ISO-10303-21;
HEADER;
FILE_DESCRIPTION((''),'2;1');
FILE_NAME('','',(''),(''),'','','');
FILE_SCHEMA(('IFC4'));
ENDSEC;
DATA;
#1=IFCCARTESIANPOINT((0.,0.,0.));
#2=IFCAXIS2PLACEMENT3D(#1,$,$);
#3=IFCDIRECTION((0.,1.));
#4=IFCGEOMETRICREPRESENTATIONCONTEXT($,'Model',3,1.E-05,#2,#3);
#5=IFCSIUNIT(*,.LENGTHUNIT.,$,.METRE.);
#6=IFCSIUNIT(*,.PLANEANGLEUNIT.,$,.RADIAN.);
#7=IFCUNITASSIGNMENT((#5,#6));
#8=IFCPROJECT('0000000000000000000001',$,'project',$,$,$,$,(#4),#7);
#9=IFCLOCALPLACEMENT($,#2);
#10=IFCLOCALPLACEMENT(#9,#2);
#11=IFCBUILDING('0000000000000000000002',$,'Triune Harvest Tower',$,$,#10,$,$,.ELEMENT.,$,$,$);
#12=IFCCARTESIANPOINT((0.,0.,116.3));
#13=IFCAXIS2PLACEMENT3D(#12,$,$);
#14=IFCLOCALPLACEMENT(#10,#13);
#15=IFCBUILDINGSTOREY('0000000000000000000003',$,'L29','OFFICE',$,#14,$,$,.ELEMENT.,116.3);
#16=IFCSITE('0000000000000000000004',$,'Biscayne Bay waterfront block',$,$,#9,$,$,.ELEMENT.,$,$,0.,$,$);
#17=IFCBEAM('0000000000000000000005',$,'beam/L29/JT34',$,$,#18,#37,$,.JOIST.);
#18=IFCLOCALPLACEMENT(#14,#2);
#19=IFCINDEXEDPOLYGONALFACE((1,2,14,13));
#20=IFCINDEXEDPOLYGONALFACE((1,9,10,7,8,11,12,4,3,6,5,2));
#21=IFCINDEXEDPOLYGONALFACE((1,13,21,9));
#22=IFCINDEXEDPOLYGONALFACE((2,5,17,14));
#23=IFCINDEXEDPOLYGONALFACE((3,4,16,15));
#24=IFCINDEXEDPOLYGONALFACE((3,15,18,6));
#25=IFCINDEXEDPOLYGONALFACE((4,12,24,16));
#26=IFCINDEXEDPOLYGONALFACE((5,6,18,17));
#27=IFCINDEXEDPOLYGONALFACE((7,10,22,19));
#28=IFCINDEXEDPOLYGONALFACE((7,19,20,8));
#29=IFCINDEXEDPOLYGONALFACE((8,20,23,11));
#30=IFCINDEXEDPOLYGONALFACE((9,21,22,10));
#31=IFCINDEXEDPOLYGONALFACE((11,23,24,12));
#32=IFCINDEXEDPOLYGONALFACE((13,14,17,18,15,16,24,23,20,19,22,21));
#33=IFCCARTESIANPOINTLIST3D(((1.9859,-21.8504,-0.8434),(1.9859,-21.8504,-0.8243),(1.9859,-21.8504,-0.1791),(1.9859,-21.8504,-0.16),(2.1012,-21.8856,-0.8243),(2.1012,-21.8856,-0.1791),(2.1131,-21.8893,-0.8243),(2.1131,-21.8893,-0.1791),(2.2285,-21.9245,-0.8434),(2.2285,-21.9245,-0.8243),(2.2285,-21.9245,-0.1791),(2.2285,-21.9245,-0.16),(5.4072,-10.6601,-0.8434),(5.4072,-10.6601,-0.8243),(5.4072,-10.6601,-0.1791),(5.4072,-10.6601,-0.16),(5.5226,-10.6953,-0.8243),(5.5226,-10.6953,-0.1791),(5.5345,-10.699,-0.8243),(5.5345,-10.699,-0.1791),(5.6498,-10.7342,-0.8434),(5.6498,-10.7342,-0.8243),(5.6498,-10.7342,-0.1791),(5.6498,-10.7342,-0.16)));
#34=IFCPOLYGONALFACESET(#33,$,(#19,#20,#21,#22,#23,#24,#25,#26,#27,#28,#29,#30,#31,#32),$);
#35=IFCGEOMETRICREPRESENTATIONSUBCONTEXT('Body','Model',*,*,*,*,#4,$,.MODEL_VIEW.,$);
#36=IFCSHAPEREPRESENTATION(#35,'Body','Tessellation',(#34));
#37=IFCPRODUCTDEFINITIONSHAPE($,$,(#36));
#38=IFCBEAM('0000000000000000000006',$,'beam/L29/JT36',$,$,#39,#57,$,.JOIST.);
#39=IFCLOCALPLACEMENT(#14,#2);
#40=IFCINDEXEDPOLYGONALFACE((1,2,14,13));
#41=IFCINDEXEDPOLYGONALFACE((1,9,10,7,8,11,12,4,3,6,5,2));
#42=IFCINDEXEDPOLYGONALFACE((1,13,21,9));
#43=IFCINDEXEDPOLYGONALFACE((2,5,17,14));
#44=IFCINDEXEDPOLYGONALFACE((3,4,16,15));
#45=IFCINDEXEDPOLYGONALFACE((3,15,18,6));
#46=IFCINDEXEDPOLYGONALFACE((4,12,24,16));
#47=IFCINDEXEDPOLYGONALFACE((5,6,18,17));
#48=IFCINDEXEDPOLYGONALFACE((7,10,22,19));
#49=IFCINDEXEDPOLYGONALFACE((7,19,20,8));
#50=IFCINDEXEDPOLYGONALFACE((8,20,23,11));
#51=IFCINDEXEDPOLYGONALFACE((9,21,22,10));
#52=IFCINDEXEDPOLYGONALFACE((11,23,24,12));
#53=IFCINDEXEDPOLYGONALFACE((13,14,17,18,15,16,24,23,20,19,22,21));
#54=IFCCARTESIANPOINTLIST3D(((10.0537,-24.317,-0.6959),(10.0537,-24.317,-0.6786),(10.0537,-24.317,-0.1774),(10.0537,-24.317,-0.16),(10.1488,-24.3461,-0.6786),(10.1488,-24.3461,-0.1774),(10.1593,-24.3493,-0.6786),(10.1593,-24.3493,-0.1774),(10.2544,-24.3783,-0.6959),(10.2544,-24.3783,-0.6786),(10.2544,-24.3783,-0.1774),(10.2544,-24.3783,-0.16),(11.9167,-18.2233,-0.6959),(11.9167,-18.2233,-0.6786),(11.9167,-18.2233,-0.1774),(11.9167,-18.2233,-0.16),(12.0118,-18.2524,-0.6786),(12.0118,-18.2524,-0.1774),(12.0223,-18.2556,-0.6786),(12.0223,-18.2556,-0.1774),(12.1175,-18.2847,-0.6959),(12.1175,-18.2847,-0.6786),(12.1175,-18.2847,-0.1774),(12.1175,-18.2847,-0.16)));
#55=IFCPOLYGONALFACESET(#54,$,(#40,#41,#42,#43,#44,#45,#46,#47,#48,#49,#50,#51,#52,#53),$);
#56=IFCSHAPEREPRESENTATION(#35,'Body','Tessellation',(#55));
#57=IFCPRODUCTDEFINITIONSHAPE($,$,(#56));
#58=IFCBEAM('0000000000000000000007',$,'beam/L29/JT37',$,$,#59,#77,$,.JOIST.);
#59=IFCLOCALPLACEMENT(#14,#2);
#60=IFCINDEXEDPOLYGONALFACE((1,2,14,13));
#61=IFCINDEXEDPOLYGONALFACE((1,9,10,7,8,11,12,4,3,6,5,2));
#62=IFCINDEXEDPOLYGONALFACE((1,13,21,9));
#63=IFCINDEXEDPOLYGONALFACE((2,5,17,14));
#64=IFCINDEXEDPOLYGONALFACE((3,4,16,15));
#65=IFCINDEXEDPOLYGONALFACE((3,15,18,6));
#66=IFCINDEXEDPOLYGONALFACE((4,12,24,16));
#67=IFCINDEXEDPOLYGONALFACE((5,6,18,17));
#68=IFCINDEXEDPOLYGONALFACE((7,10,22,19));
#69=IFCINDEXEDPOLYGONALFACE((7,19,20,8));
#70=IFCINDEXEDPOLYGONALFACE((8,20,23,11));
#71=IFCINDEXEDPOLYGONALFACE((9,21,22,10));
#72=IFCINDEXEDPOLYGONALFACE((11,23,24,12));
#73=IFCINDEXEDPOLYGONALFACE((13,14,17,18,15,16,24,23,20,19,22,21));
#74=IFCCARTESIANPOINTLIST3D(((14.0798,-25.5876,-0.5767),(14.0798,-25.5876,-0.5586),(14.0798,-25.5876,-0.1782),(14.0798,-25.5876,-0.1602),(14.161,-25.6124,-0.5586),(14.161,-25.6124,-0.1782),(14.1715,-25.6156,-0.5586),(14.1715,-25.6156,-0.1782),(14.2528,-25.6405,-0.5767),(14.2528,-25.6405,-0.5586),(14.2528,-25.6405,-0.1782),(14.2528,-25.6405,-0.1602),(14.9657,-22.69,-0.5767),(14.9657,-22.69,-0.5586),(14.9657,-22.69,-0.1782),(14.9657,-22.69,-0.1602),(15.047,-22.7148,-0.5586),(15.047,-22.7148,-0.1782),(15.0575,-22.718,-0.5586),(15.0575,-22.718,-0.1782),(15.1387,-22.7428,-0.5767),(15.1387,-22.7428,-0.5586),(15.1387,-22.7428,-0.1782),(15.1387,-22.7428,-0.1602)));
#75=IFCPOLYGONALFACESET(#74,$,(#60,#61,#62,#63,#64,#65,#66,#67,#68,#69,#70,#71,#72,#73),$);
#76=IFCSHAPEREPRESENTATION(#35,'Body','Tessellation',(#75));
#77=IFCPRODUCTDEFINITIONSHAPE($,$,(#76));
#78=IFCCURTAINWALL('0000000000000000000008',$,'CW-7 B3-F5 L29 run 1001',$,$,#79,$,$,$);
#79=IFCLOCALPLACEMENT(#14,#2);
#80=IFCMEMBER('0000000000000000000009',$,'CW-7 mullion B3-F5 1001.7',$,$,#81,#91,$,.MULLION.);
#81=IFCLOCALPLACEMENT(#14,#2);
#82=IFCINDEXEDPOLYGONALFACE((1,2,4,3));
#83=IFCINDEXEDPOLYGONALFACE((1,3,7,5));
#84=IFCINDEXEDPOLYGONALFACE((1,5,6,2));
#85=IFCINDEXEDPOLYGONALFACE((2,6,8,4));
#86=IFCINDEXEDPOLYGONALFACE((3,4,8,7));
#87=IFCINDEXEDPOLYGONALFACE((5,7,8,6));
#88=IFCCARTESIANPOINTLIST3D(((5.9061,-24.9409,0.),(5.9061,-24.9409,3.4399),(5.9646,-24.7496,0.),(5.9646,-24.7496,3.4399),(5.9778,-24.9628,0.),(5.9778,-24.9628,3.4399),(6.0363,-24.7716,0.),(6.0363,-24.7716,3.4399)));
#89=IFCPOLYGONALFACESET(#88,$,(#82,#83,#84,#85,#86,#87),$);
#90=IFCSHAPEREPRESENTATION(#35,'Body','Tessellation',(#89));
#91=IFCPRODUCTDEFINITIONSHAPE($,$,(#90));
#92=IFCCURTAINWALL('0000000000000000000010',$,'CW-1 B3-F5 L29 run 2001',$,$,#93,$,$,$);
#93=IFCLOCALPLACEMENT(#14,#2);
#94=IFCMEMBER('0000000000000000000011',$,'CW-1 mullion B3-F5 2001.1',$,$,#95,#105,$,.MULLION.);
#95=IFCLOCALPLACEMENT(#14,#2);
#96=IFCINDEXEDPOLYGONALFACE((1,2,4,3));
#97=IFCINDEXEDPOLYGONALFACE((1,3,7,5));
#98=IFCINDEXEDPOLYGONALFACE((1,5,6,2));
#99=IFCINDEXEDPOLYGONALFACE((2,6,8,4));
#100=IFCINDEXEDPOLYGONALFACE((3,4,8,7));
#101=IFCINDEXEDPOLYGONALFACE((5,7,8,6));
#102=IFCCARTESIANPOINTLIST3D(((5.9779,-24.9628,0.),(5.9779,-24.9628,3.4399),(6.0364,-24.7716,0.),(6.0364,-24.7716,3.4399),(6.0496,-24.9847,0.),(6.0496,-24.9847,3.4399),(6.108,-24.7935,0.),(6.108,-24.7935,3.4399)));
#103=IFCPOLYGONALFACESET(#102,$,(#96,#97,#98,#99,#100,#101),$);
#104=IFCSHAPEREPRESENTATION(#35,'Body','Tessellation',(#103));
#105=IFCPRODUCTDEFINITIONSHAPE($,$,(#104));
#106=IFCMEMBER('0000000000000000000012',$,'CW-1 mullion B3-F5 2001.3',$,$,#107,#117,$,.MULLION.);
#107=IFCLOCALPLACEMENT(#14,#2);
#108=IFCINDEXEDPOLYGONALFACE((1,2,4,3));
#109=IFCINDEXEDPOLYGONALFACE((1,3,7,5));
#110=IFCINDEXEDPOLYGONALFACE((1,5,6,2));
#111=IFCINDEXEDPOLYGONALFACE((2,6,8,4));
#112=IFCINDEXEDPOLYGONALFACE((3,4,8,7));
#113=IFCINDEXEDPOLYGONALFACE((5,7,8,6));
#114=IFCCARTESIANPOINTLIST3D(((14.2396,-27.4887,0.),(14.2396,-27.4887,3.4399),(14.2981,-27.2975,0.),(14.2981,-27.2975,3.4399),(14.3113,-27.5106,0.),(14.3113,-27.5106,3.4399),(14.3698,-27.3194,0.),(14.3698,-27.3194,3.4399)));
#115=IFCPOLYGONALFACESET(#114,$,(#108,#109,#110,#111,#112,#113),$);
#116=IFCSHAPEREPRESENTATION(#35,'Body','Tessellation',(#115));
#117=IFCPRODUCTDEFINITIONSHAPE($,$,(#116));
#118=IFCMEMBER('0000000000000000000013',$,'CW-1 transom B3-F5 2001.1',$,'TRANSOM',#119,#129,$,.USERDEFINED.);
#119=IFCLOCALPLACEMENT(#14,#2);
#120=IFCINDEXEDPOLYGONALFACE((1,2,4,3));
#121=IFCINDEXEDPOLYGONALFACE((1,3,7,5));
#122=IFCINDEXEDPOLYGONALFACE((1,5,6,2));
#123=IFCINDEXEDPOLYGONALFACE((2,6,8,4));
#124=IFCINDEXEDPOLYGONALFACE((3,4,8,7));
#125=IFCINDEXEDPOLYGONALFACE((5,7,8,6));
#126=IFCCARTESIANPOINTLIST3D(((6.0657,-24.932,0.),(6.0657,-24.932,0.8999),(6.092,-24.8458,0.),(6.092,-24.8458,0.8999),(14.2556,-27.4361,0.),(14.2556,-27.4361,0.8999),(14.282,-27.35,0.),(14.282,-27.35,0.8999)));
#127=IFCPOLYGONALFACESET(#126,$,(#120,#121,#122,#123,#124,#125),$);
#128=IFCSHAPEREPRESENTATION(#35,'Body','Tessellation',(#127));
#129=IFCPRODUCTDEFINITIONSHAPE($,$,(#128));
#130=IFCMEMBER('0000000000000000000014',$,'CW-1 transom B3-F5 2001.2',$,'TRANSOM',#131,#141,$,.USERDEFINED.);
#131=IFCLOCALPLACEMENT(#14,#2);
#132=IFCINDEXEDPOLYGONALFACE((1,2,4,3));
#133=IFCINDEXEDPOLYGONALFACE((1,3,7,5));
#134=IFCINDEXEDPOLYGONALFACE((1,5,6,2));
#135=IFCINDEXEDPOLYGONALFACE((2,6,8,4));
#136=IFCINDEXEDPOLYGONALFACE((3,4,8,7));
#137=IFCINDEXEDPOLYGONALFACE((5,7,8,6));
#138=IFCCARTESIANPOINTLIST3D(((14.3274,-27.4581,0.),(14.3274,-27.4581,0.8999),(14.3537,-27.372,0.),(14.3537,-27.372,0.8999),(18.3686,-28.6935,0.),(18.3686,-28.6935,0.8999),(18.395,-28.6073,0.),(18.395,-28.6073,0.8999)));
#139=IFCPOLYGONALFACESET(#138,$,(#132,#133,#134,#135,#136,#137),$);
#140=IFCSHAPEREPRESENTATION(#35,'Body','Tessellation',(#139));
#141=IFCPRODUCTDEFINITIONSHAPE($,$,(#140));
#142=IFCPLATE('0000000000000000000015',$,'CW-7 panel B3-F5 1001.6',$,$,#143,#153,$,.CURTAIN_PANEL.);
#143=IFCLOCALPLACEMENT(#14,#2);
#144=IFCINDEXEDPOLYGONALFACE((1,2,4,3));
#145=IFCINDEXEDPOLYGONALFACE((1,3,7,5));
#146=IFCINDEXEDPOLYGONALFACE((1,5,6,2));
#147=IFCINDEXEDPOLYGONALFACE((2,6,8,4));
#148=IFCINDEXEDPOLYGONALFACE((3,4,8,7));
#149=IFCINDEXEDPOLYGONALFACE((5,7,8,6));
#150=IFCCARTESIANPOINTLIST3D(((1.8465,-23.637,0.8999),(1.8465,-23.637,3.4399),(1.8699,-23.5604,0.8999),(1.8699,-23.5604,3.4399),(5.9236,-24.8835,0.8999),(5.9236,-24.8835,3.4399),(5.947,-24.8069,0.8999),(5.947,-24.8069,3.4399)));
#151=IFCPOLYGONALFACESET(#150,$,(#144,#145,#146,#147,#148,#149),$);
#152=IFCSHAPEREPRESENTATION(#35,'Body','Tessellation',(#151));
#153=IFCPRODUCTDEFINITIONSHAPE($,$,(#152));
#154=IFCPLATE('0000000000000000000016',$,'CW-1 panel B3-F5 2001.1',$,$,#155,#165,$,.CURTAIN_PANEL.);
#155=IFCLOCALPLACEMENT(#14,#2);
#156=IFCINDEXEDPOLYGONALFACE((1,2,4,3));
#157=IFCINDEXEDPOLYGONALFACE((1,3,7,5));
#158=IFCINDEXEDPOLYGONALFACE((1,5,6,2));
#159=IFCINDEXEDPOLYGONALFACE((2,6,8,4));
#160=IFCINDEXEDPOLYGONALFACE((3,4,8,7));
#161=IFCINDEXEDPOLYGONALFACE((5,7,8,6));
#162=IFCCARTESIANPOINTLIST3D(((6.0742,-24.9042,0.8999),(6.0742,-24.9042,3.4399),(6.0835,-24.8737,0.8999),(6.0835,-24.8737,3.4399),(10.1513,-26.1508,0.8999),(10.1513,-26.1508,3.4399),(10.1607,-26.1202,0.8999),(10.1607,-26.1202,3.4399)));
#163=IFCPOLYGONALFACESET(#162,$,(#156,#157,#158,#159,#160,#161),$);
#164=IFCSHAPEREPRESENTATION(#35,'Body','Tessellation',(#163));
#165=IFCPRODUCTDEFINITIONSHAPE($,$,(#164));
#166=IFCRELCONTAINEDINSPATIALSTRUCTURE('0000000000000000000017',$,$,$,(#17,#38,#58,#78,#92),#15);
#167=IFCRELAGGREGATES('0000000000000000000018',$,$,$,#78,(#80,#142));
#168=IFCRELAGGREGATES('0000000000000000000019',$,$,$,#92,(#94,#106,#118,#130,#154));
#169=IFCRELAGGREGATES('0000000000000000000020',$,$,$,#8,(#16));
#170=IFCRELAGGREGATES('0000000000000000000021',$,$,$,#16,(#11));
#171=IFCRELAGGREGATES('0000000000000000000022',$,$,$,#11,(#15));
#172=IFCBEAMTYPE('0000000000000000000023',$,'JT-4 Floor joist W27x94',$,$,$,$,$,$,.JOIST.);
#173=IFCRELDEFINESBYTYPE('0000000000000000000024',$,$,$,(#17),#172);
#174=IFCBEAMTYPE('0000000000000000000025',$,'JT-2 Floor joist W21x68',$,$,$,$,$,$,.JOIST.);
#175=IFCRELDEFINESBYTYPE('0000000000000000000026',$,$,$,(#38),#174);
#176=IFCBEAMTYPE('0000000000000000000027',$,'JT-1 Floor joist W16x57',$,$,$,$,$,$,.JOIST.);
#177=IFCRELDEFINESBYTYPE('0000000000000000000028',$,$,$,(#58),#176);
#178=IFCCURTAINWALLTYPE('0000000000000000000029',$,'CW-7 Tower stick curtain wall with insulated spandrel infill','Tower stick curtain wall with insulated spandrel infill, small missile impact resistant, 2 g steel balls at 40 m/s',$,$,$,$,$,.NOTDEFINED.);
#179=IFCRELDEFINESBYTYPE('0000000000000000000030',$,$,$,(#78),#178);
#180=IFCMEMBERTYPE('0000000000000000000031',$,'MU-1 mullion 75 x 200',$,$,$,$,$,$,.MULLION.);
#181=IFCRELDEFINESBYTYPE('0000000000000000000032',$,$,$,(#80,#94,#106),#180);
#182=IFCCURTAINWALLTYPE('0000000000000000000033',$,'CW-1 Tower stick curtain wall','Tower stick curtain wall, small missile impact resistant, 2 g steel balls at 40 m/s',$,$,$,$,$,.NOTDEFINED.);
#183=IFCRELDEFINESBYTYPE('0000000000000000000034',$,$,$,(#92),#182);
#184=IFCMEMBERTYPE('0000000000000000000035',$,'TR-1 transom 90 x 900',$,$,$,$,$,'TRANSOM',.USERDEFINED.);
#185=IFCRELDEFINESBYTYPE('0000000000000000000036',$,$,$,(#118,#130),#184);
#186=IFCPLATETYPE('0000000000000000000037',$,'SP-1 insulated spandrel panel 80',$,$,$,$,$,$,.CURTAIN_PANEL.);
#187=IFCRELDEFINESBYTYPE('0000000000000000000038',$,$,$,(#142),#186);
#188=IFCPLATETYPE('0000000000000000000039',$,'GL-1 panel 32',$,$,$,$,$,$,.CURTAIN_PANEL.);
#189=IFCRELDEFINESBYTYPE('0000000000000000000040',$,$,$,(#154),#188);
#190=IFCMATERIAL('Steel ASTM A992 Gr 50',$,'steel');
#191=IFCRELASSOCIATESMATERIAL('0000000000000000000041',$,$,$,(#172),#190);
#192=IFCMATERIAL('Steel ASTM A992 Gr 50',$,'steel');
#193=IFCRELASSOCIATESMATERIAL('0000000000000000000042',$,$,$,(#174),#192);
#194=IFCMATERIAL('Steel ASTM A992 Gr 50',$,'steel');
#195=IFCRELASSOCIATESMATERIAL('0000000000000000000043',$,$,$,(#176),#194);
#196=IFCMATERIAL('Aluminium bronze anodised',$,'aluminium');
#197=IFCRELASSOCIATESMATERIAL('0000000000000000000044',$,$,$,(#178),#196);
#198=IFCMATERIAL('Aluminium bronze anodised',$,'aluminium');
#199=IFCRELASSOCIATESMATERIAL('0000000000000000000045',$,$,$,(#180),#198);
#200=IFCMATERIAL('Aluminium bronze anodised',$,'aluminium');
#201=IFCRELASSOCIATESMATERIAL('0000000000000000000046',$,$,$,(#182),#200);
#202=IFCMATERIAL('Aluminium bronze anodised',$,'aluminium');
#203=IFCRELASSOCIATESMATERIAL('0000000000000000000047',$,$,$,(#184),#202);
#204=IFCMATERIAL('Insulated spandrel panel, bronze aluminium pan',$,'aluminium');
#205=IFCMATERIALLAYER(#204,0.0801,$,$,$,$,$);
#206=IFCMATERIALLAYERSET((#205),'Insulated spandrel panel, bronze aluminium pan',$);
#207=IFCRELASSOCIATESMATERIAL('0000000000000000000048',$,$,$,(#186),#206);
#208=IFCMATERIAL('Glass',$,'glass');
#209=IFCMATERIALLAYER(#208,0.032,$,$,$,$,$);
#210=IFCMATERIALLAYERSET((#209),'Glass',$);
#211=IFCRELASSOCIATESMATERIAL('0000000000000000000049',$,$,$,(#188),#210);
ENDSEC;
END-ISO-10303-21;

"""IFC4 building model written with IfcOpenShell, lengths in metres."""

from ifc_helpers import new_model, si_unit, direction, frame, origin, origin_2d, place, context, subcontext, project, spatial, rectangle, i_section, extrude, source, transform, mapped, material, layer, layer_set, material_profile, profile_set, type_object, element, aggregate, save


model = new_model("IFC4")

# Units and contexts
model_context = context("Model", 3, precision=1e-05, world=origin(), true_north=direction((0.0, 1.0)))
body_context = subcontext(model_context, "Body", "Model", "MODEL_VIEW")
ifc_project = project(units=[si_unit("LENGTHUNIT", "METRE"), si_unit("PLANEANGLEUNIT", "RADIAN")], contexts=[model_context])

# Site, building, storey
site_placement = place(None, origin())
site = spatial("IfcSite", under=ifc_project, at=site_placement, Name="Biscayne Bay waterfront block", CompositionType="ELEMENT", RefElevation=0.0)
building_placement = place(site_placement, origin())
building = spatial("IfcBuilding", under=site, at=building_placement, Name="Triune Harvest Tower", CompositionType="ELEMENT")
storey_placement = place(building_placement, frame((0.0, 0.0, 116.3)))
storey = spatial("IfcBuildingStorey", under=building, at=storey_placement, Name="L29", Description="OFFICE", CompositionType="ELEMENT", Elevation=116.3)

# Beams
ifc_material_1 = material(Name="Steel ASTM A992 Gr 50", Category="steel")
ifc_material_profile_1 = material_profile(ifc_material_1, i_section(OverallWidth=0.2537, OverallDepth=0.6833, WebThickness=0.0125, FlangeThickness=0.019, at=origin_2d()), Name="W27x94")
ifc_profile_set_1 = profile_set([ifc_material_profile_1], Name="Steel ASTM A992 Gr 50")
beam_type_1 = type_object("IfcBeamType", Name="JT-4 Floor joist W27x94", PredefinedType="JOIST", material=ifc_profile_set_1)
shared_shape_1 = source(origin(), body_context, "Body", "SweptSolid", [
    extrude(i_section(OverallWidth=0.2537, OverallDepth=0.6833, WebThickness=0.0125, FlangeThickness=0.019, at=origin_2d()), origin(), (0.0, 0.0, 1.0), 11.7017),
])
beam_1_placement = place(storey_placement, frame((2.1072, -21.8875, -0.5017), z_axis=(0.292382, 0.956302, 0.0), x_axis=(-0.956302, 0.292382, 0.0)))
element("IfcBeam", 1, at=beam_1_placement, inside=storey, type_object=beam_type_1, Name="beam/L29/JT34", PredefinedType="JOIST", context=body_context, shape_type="MappedRepresentation", body=[
    mapped(shared_shape_1, transform((0.0, 0.0, 0.0), scale=1.0)),
])
ifc_material_2 = material(Name="Steel ASTM A992 Gr 50", Category="steel")
ifc_material_profile_2 = material_profile(ifc_material_2, i_section(OverallWidth=0.21, OverallDepth=0.5359, WebThickness=0.011, FlangeThickness=0.0173, at=origin_2d()), Name="W21x68")
ifc_profile_set_2 = profile_set([ifc_material_profile_2], Name="Steel ASTM A992 Gr 50")
beam_type_2 = type_object("IfcBeamType", Name="JT-2 Floor joist W21x68", PredefinedType="JOIST", material=ifc_profile_set_2)
shared_shape_2 = source(origin(), body_context, "Body", "SweptSolid", [
    extrude(i_section(OverallWidth=0.21, OverallDepth=0.5359, WebThickness=0.011, FlangeThickness=0.0173, at=origin_2d()), origin(), (0.0, 0.0, 1.0), 6.3721),
])
beam_2_placement = place(storey_placement, frame((10.1541, -24.3477, -0.428), z_axis=(0.29237, 0.956305, 0.0), x_axis=(-0.956305, 0.29237, 0.0)))
element("IfcBeam", 2, at=beam_2_placement, inside=storey, type_object=beam_type_2, Name="beam/L29/JT36", PredefinedType="JOIST", context=body_context, shape_type="MappedRepresentation", body=[
    mapped(shared_shape_2, transform((0.0, 0.0, 0.0), scale=1.0)),
])
ifc_material_3 = material(Name="Steel ASTM A992 Gr 50", Category="steel")
ifc_material_profile_3 = material_profile(ifc_material_3, i_section(OverallWidth=0.1809, OverallDepth=0.4165, WebThickness=0.011, FlangeThickness=0.0181, at=origin_2d()), Name="W16x57")
ifc_profile_set_3 = profile_set([ifc_material_profile_3], Name="Steel ASTM A992 Gr 50")
beam_type_3 = type_object("IfcBeamType", Name="JT-1 Floor joist W16x57", PredefinedType="JOIST", material=ifc_profile_set_3)
shared_shape_3 = source(origin(), body_context, "Body", "SweptSolid", [
    extrude(i_section(OverallWidth=0.1809, OverallDepth=0.4165, WebThickness=0.011, FlangeThickness=0.0181, at=origin_2d()), origin(), (0.0, 0.0, 1.0), 3.03),
])
beam_3_placement = place(storey_placement, frame((14.1663, -25.614, -0.3684), z_axis=(0.292393, 0.956298, 0.0), x_axis=(-0.956298, 0.292393, 0.0)))
element("IfcBeam", 3, at=beam_3_placement, inside=storey, type_object=beam_type_3, Name="beam/L29/JT37", PredefinedType="JOIST", context=body_context, shape_type="MappedRepresentation", body=[
    mapped(shared_shape_3, transform((0.0, 0.0, 0.0), scale=1.0)),
])

# Curtain wall, member
ifc_material_4 = material(Name="Aluminium bronze anodised", Category="aluminium")
curtain_wall_type_1 = type_object("IfcCurtainWallType", Name="CW-7 Tower stick curtain wall with insulated spandrel infill", Description="Tower stick curtain wall with insulated spandrel infill, small missile impact resistant, 2 g steel balls at 40 m/s", PredefinedType="NOTDEFINED", material=ifc_material_4)
curtain_wall_1_placement = place(storey_placement, origin())
curtain_wall_1 = element("IfcCurtainWall", 4, at=curtain_wall_1_placement, inside=storey, type_object=curtain_wall_type_1, Name="CW-7 B3-F5 L29 run 1001")
ifc_material_5 = material(Name="Aluminium bronze anodised", Category="aluminium")
ifc_material_profile_4 = material_profile(ifc_material_5, rectangle(XDim=0.2, YDim=0.075, at=origin_2d()), Name="MU-1 mullion 75 x 200")
ifc_profile_set_4 = profile_set([ifc_material_profile_4], Name="Aluminium bronze anodised")
member_type_1 = type_object("IfcMemberType", Name="MU-1 mullion 75 x 200", PredefinedType="MULLION", material=ifc_profile_set_4)
shared_shape_4 = source(origin(), body_context, "Body", "SweptSolid", [
    extrude(rectangle(XDim=0.2, YDim=0.075, at=origin_2d()), origin(), (0.0, 0.0, 1.0), 3.4399),
])
member_1_placement = place(storey_placement, frame((5.9712, -24.8562, 0.0), z_axis=(0.0, 0.0, 1.0), x_axis=(0.292373, 0.956304, 0.0)))
member_1 = element("IfcMember", 5, at=member_1_placement, type_object=member_type_1, Name="CW-7 mullion B3-F5 1001.7", PredefinedType="MULLION", context=body_context, shape_type="MappedRepresentation", body=[
    mapped(shared_shape_4, transform((0.0, 0.0, 0.0), scale=1.0)),
])

# Curtain wall, members
ifc_material_6 = material(Name="Aluminium bronze anodised", Category="aluminium")
curtain_wall_type_2 = type_object("IfcCurtainWallType", Name="CW-1 Tower stick curtain wall", Description="Tower stick curtain wall, small missile impact resistant, 2 g steel balls at 40 m/s", PredefinedType="NOTDEFINED", material=ifc_material_6)
curtain_wall_2_placement = place(storey_placement, origin())
curtain_wall_2 = element("IfcCurtainWall", 6, at=curtain_wall_2_placement, inside=storey, type_object=curtain_wall_type_2, Name="CW-1 B3-F5 L29 run 2001")
member_2_placement = place(storey_placement, frame((6.043, -24.8782, 0.0), z_axis=(0.0, 0.0, 1.0), x_axis=(0.292374, 0.956304, 0.0)))
member_2 = element("IfcMember", 7, at=member_2_placement, type_object=member_type_1, Name="CW-1 mullion B3-F5 2001.1", PredefinedType="MULLION", context=body_context, shape_type="MappedRepresentation", body=[
    mapped(shared_shape_4, transform((0.0, 0.0, 0.0), scale=1.0)),
])
member_3_placement = place(storey_placement, frame((14.3047, -27.4041, 0.0), z_axis=(0.0, 0.0, 1.0), x_axis=(0.292374, 0.956304, 0.0)))
member_3 = element("IfcMember", 8, at=member_3_placement, type_object=member_type_1, Name="CW-1 mullion B3-F5 2001.3", PredefinedType="MULLION", context=body_context, shape_type="MappedRepresentation", body=[
    mapped(shared_shape_4, transform((0.0, 0.0, 0.0), scale=1.0)),
])
ifc_material_7 = material(Name="Aluminium bronze anodised", Category="aluminium")
ifc_material_profile_5 = material_profile(ifc_material_7, rectangle(XDim=0.0901, YDim=0.8999, at=origin_2d()), Name="TR-1 transom 90 x 900")
ifc_profile_set_5 = profile_set([ifc_material_profile_5], Name="Aluminium bronze anodised")
member_type_2 = type_object("IfcMemberType", Name="TR-1 transom 90 x 900", ElementType="TRANSOM", PredefinedType="USERDEFINED", material=ifc_profile_set_5)
shared_shape_5 = source(origin(), body_context, "Body", "SweptSolid", [
    extrude(rectangle(XDim=0.0901, YDim=0.8999, at=origin_2d()), origin(), (0.0, 0.0, 1.0), 8.5642),
])
member_4_placement = place(storey_placement, frame((6.0789, -24.8889, 0.45), z_axis=(0.956297, -0.292397, 0.0), x_axis=(0.292397, 0.956297, 0.0)))
member_4 = element("IfcMember", 9, at=member_4_placement, type_object=member_type_2, Name="CW-1 transom B3-F5 2001.1", ObjectType="TRANSOM", PredefinedType="USERDEFINED", context=body_context, shape_type="MappedRepresentation", body=[
    mapped(shared_shape_5, transform((0.0, 0.0, 0.0), scale=1.0)),
])
shared_shape_6 = source(origin(), body_context, "Body", "SweptSolid", [
    extrude(rectangle(XDim=0.0901, YDim=0.8999, at=origin_2d()), origin(), (0.0, 0.0, 1.0), 4.2258),
])
member_5_placement = place(storey_placement, frame((14.3406, -27.415, 0.45), z_axis=(0.956317, -0.292332, 0.0), x_axis=(0.292332, 0.956317, 0.0)))
member_5 = element("IfcMember", 10, at=member_5_placement, type_object=member_type_2, Name="CW-1 transom B3-F5 2001.2", ObjectType="TRANSOM", PredefinedType="USERDEFINED", context=body_context, shape_type="MappedRepresentation", body=[
    mapped(shared_shape_6, transform((0.0, 0.0, 0.0), scale=1.0)),
])

# Plates
ifc_material_8 = material(Name="Insulated spandrel panel, bronze aluminium pan", Category="aluminium")
ifc_layer_1 = layer(ifc_material_8, 0.0801)
ifc_layer_set_1 = layer_set([ifc_layer_1], Name="Insulated spandrel panel, bronze aluminium pan")
plate_type_1 = type_object("IfcPlateType", Name="SP-1 insulated spandrel panel 80", PredefinedType="CURTAIN_PANEL", material=ifc_layer_set_1)
shared_shape_7 = source(origin(), body_context, "Body", "SweptSolid", [
    extrude(rectangle(XDim=4.2634, YDim=0.0801, at=origin_2d()), origin(), (0.0, 0.0, 1.0), 2.54),
])
plate_1_placement = place(storey_placement, frame((3.8967, -24.2219, 0.8999), z_axis=(0.0, 0.0, 1.0), x_axis=(0.956304, -0.292373, 0.0)))
plate_1 = element("IfcPlate", 11, at=plate_1_placement, type_object=plate_type_1, Name="CW-7 panel B3-F5 1001.6", PredefinedType="CURTAIN_PANEL", context=body_context, shape_type="MappedRepresentation", body=[
    mapped(shared_shape_7, transform((0.0, 0.0, 0.0), scale=1.0)),
])
aggregate(curtain_wall_1, [member_1, plate_1])
ifc_material_9 = material(Name="Glass", Category="glass")
ifc_layer_2 = layer(ifc_material_9, 0.032)
ifc_layer_set_2 = layer_set([ifc_layer_2], Name="Glass")
plate_type_2 = type_object("IfcPlateType", Name="GL-1 panel 32", PredefinedType="CURTAIN_PANEL", material=ifc_layer_set_2)
shared_shape_8 = source(origin(), body_context, "Body", "SweptSolid", [
    extrude(rectangle(XDim=4.2634, YDim=0.032, at=origin_2d()), origin(), (0.0, 0.0, 1.0), 2.54),
])
plate_2_placement = place(storey_placement, frame((8.1174, -25.5122, 0.8999), z_axis=(0.0, 0.0, 1.0), x_axis=(0.956304, -0.292374, 0.0)))
plate_2 = element("IfcPlate", 12, at=plate_2_placement, type_object=plate_type_2, Name="CW-1 panel B3-F5 2001.1", PredefinedType="CURTAIN_PANEL", context=body_context, shape_type="MappedRepresentation", body=[
    mapped(shared_shape_8, transform((0.0, 0.0, 0.0), scale=1.0)),
])
aggregate(curtain_wall_2, [member_2, member_3, member_4, member_5, plate_2])

save(model, "model.ifc")
